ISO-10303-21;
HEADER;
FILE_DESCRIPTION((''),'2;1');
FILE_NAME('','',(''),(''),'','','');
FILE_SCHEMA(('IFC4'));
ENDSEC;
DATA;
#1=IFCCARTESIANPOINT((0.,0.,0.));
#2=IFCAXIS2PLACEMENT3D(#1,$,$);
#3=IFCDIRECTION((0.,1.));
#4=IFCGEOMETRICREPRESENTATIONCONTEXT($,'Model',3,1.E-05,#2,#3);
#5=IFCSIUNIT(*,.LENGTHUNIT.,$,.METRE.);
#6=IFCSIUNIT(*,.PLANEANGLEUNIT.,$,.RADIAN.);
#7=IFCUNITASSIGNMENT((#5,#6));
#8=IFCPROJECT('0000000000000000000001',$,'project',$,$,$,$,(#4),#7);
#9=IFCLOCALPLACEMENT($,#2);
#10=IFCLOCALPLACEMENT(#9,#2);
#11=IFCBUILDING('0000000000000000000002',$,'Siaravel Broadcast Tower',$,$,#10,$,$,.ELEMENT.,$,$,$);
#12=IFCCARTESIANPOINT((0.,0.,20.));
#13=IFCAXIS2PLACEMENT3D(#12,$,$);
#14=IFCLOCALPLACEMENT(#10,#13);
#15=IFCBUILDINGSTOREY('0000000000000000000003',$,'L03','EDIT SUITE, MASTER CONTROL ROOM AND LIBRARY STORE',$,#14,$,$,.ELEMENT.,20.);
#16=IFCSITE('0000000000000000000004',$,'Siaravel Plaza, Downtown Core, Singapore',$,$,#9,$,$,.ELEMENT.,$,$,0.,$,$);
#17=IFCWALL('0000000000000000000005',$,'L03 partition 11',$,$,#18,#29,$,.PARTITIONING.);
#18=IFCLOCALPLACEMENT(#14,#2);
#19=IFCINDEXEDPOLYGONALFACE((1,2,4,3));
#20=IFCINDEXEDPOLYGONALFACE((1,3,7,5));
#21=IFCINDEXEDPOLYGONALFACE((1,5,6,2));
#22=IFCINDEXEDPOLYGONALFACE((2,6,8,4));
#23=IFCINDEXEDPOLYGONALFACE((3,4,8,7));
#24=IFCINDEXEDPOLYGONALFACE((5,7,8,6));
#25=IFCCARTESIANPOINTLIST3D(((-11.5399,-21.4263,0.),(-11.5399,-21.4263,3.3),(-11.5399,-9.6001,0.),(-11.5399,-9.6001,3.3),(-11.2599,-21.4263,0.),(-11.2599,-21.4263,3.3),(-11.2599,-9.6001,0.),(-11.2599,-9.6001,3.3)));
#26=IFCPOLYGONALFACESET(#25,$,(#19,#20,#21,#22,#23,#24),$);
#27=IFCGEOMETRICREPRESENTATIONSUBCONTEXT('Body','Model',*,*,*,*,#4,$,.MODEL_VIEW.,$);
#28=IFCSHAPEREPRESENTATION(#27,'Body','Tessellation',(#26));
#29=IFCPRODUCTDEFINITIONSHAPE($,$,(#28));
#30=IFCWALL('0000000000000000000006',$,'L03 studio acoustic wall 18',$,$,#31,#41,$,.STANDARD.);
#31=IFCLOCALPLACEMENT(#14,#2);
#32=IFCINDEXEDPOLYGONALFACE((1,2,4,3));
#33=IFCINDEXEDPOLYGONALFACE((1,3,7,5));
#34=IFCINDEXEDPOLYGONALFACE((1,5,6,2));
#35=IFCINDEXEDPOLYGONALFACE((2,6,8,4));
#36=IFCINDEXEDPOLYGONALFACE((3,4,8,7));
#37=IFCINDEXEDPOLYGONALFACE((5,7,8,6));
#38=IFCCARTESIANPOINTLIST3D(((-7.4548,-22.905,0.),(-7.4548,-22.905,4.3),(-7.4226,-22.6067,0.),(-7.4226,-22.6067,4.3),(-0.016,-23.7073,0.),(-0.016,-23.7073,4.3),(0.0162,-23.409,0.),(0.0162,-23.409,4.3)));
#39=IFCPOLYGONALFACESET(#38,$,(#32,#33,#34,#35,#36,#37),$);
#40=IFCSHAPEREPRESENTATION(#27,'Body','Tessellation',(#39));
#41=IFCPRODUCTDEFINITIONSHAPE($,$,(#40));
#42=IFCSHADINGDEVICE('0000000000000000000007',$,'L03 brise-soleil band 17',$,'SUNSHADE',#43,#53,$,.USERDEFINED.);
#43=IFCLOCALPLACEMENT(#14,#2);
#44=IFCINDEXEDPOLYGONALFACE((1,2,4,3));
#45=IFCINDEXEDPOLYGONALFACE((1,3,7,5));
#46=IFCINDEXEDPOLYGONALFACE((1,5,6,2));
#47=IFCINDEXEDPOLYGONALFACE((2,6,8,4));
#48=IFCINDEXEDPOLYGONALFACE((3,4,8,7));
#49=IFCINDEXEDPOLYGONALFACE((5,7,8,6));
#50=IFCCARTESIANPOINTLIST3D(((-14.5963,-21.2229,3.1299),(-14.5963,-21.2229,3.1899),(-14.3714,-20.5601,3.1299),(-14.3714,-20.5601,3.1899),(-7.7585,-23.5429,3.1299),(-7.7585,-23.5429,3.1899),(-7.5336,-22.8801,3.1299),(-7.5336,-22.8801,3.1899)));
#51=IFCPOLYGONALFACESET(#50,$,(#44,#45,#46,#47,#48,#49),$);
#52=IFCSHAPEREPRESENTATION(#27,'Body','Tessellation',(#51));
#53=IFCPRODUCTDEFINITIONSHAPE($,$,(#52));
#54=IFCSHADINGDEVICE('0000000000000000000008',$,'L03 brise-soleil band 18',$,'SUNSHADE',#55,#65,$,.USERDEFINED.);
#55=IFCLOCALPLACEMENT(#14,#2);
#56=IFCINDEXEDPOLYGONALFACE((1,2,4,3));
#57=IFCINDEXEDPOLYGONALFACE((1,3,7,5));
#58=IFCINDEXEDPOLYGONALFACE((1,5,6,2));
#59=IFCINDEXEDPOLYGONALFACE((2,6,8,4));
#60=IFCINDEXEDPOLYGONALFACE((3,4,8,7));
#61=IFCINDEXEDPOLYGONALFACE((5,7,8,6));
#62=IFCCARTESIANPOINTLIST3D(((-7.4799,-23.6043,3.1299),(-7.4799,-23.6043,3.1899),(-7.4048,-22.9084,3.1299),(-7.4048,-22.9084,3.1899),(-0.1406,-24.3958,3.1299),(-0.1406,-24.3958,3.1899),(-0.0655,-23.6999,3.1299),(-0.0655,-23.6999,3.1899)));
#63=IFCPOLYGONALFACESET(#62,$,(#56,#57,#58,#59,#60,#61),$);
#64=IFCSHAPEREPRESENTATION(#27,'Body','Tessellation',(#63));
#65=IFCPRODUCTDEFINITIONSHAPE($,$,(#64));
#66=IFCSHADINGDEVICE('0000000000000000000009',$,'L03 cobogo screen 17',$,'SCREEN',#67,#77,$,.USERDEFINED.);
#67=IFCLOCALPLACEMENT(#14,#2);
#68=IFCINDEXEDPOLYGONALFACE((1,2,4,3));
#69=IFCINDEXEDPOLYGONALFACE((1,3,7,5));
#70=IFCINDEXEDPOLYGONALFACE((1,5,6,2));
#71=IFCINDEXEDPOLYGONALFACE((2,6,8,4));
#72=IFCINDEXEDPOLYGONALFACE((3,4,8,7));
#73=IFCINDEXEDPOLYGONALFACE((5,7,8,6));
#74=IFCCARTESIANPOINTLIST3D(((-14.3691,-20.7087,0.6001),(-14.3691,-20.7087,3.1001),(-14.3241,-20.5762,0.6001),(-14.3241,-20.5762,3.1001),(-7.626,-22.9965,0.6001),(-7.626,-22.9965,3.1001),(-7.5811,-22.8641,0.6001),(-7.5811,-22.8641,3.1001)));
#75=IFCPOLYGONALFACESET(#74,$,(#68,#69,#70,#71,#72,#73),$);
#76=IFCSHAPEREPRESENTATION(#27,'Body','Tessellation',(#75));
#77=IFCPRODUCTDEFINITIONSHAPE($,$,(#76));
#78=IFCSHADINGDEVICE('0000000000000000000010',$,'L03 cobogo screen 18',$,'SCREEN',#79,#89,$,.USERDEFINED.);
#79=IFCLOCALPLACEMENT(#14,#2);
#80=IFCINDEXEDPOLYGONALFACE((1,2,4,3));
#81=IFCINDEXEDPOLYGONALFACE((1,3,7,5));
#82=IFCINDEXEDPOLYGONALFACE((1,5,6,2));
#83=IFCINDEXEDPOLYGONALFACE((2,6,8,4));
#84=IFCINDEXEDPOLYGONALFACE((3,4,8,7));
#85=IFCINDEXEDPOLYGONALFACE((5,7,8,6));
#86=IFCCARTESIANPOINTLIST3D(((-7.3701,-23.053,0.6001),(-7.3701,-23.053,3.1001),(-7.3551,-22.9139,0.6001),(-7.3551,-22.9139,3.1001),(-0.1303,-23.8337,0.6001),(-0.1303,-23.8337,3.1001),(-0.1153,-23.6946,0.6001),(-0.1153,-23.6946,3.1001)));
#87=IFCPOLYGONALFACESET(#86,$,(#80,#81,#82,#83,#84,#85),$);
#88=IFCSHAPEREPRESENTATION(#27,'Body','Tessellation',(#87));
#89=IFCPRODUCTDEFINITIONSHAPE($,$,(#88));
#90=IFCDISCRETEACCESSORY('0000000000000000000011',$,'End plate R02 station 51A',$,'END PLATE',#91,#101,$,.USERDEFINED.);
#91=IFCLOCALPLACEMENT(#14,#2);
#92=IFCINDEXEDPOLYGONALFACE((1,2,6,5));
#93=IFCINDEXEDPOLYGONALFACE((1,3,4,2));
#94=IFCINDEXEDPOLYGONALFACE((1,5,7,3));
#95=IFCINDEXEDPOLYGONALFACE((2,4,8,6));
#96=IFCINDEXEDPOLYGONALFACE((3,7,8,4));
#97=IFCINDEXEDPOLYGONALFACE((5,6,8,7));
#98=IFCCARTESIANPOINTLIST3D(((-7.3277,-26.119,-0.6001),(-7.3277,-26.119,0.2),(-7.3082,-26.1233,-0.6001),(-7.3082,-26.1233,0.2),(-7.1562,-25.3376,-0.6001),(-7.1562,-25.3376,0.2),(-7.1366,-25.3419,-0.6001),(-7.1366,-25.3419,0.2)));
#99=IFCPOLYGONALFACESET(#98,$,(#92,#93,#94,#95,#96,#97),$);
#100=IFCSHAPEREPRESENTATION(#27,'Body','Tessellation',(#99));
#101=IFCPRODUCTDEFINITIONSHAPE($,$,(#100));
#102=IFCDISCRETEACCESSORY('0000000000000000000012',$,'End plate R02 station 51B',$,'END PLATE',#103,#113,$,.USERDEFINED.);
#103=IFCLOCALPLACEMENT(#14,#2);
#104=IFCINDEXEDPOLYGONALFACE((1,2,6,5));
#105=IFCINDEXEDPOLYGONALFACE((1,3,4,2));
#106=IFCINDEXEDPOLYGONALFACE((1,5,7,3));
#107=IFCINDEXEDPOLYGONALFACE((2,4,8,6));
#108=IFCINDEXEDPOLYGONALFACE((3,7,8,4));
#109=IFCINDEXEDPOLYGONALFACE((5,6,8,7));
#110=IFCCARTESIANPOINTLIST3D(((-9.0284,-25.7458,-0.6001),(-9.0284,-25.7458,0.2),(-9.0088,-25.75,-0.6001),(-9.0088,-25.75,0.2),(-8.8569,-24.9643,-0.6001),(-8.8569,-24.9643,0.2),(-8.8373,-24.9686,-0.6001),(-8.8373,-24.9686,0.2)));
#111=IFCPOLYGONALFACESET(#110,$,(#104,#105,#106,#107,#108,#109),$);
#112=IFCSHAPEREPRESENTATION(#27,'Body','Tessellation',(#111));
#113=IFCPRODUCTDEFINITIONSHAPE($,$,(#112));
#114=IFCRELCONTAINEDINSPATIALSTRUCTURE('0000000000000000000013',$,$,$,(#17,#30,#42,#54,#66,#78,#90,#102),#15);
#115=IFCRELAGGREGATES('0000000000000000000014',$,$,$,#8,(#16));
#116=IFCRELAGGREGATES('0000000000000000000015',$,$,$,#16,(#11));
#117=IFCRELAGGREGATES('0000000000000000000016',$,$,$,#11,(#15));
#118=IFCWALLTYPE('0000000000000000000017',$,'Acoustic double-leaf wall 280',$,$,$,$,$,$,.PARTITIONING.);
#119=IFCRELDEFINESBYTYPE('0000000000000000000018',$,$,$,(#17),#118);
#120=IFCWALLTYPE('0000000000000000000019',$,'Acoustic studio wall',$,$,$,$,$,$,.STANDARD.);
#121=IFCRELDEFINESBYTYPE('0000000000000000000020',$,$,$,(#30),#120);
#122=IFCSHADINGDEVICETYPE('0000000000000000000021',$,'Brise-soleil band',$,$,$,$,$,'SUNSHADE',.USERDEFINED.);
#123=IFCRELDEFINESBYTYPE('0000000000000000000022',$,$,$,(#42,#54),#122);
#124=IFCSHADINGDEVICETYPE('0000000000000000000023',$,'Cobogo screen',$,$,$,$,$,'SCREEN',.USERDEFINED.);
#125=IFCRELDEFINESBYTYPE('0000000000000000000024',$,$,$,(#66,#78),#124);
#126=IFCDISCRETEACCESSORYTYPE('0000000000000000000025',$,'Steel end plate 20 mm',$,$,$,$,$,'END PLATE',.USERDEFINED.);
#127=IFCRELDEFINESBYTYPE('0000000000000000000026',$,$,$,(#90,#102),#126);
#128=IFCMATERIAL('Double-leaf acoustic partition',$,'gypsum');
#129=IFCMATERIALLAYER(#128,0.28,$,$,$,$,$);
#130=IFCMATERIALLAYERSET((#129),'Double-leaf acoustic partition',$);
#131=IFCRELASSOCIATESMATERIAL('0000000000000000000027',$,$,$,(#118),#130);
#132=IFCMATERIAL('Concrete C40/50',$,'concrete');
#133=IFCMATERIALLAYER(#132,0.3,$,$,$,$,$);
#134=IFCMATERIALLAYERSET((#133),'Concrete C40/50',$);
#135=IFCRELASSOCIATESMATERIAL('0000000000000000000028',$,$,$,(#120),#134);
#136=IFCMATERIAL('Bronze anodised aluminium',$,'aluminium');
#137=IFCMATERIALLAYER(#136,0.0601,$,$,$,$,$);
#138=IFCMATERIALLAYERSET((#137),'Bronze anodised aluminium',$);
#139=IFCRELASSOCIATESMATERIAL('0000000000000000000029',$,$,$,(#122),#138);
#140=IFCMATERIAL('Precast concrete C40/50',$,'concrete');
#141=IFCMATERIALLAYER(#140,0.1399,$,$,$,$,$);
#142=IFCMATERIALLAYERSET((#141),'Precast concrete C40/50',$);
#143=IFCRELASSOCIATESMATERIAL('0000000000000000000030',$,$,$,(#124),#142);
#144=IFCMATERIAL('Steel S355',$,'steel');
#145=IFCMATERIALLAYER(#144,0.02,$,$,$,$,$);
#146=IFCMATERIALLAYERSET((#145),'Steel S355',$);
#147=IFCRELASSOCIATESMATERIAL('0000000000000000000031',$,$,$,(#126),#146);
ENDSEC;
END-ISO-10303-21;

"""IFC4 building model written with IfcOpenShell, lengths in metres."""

from ifc_helpers import new_model, si_unit, direction, frame, frame_2d, origin, origin_2d, place, context, subcontext, project, spatial, rectangle, extrude, material, layer, layer_set, type_object, element, save


model = new_model("IFC4")

# Units and contexts
model_context = context("Model", 3, precision=1e-05, world=origin(), true_north=direction((0.0, 1.0)))
body_context = subcontext(model_context, "Body", "Model", "MODEL_VIEW")
ifc_project = project(units=[si_unit("LENGTHUNIT", "METRE"), si_unit("PLANEANGLEUNIT", "RADIAN")], contexts=[model_context])

# Site, building, storey
site_placement = place(None, origin())
site = spatial("IfcSite", under=ifc_project, at=site_placement, Name="Siaravel Plaza, Downtown Core, Singapore", CompositionType="ELEMENT", RefElevation=0.0)
building_placement = place(site_placement, origin())
building = spatial("IfcBuilding", under=site, at=building_placement, Name="Siaravel Broadcast Tower", CompositionType="ELEMENT")
storey_placement = place(building_placement, frame((0.0, 0.0, 20.0)))
storey = spatial("IfcBuildingStorey", under=building, at=storey_placement, Name="L03", Description="EDIT SUITE, MASTER CONTROL ROOM AND LIBRARY STORE", CompositionType="ELEMENT", Elevation=20.0)

# Shared definitions
ifc_material_1 = material(Name="Steel S355", Category="steel")

# Walls
ifc_material_2 = material(Name="Double-leaf acoustic partition", Category="gypsum")
ifc_layer_1 = layer(ifc_material_2, 0.28)
ifc_layer_set_1 = layer_set([ifc_layer_1], Name="Double-leaf acoustic partition")
wall_type_1 = type_object("IfcWallType", Name="Acoustic double-leaf wall 280", PredefinedType="PARTITIONING", material=ifc_layer_set_1)
wall_1_placement = place(storey_placement, frame((-11.3999, -21.4263, 0.0), z_axis=(0.0, 0.0, 1.0), x_axis=(0.0, 1.0, 0.0)))
element("IfcWall", 1, at=wall_1_placement, inside=storey, type_object=wall_type_1, Name="L03 partition 11", PredefinedType="PARTITIONING", context=body_context, shape_type="SweptSolid", body=[
    extrude(rectangle(XDim=11.8262, YDim=0.28, at=frame_2d((5.9131, 0.0))), origin(), (0.0, 0.0, 1.0), 3.3),
])
ifc_material_3 = material(Name="Concrete C40/50", Category="concrete")
ifc_layer_2 = layer(ifc_material_3, 0.3)
ifc_layer_set_2 = layer_set([ifc_layer_2], Name="Concrete C40/50")
wall_type_2 = type_object("IfcWallType", Name="Acoustic studio wall", PredefinedType="STANDARD", material=ifc_layer_set_2)
wall_2_placement = place(storey_placement, frame((-7.4387, -22.7559, 0.0), z_axis=(0.0, 0.0, 1.0), x_axis=(0.994235, -0.107226, 0.0)))
element("IfcWall", 2, at=wall_2_placement, inside=storey, type_object=wall_type_2, Name="L03 studio acoustic wall 18", PredefinedType="STANDARD", context=body_context, shape_type="SweptSolid", body=[
    extrude(rectangle(XDim=7.4819, YDim=0.3, at=frame_2d((3.741, 0.0))), origin(), (0.0, 0.0, 1.0), 4.3),
])

# Shading devices
ifc_material_4 = material(Name="Bronze anodised aluminium", Category="aluminium")
ifc_layer_3 = layer(ifc_material_4, 0.0601)
ifc_layer_set_3 = layer_set([ifc_layer_3], Name="Bronze anodised aluminium")
shading_device_type_1 = type_object("IfcShadingDeviceType", Name="Brise-soleil band", ElementType="SUNSHADE", PredefinedType="USERDEFINED", material=ifc_layer_set_3)
shading_device_1_placement = place(storey_placement, frame((-11.0649, -22.0515, 3.1299), z_axis=(0.0, 0.0, 1.0), x_axis=(0.946977, -0.321301, 0.0)))
element("IfcShadingDevice", 3, at=shading_device_1_placement, inside=storey, type_object=shading_device_type_1, Name="L03 brise-soleil band 17", ObjectType="SUNSHADE", PredefinedType="USERDEFINED", context=body_context, shape_type="SweptSolid", body=[
    extrude(rectangle(XDim=7.2207, YDim=0.7, at=origin_2d()), origin(), (0.0, 0.0, 1.0), 0.0601),
])
shading_device_2_placement = place(storey_placement, frame((-3.7727, -23.6521, 3.1299), z_axis=(0.0, 0.0, 1.0), x_axis=(0.994236, -0.107217, 0.0)))
element("IfcShadingDevice", 4, at=shading_device_2_placement, inside=storey, type_object=shading_device_type_1, Name="L03 brise-soleil band 18", ObjectType="SUNSHADE", PredefinedType="USERDEFINED", context=body_context, shape_type="SweptSolid", body=[
    extrude(rectangle(XDim=7.3818, YDim=0.7, at=origin_2d()), origin(), (0.0, 0.0, 1.0), 0.0601),
])
ifc_material_5 = material(Name="Precast concrete C40/50", Category="concrete")
ifc_layer_4 = layer(ifc_material_5, 0.1399)
ifc_layer_set_4 = layer_set([ifc_layer_4], Name="Precast concrete C40/50")
shading_device_type_2 = type_object("IfcShadingDeviceType", Name="Cobogo screen", ElementType="SCREEN", PredefinedType="USERDEFINED", material=ifc_layer_set_4)
shading_device_3_placement = place(storey_placement, frame((-10.9751, -21.7864, 0.6001), z_axis=(0.0, 0.0, 1.0), x_axis=(0.946977, -0.321301, 0.0)))
element("IfcShadingDevice", 5, at=shading_device_3_placement, inside=storey, type_object=shading_device_type_2, Name="L03 cobogo screen 17", ObjectType="SCREEN", PredefinedType="USERDEFINED", context=body_context, shape_type="SweptSolid", body=[
    extrude(rectangle(XDim=7.1206, YDim=0.1399, at=origin_2d()), origin(), (0.0, 0.0, 1.0), 2.5),
])
shading_device_4_placement = place(storey_placement, frame((-3.7427, -23.3738, 0.6001), z_axis=(0.0, 0.0, 1.0), x_axis=(0.994236, -0.107217, 0.0)))
element("IfcShadingDevice", 6, at=shading_device_4_placement, inside=storey, type_object=shading_device_type_2, Name="L03 cobogo screen 18", ObjectType="SCREEN", PredefinedType="USERDEFINED", context=body_context, shape_type="SweptSolid", body=[
    extrude(rectangle(XDim=7.2817, YDim=0.1399, at=origin_2d()), origin(), (0.0, 0.0, 1.0), 2.5),
])

# Discrete accessories
ifc_layer_5 = layer(ifc_material_1, 0.02)
ifc_layer_set_5 = layer_set([ifc_layer_5], Name="Steel S355")
discrete_accessory_type = type_object("IfcDiscreteAccessoryType", Name="Steel end plate 20 mm", ElementType="END PLATE", PredefinedType="USERDEFINED", material=ifc_layer_set_5)
for number, where, z_axis, x_axis, name in (
    (7, (-7.2322, -25.7305, -0.6001), (0.0, 0.0, 1.0), (0.976751, -0.214377, 0.0), "End plate R02 station 51A"),
    (8, (-8.9329, -25.3572, -0.6001), (0.0, 0.0, 1.0), (0.976751, -0.214377, 0.0), "End plate R02 station 51B"),
):
    element("IfcDiscreteAccessory", number, at=place(storey_placement, frame(where, z_axis=z_axis, x_axis=x_axis)), inside=storey, type_object=discrete_accessory_type, Name=name, ObjectType="END PLATE", PredefinedType="USERDEFINED", context=body_context, shape_type="SweptSolid", body=[
        extrude(rectangle(XDim=0.02, YDim=0.8, at=origin_2d()), origin(), (0.0, 0.0, 1.0), 0.8),
    ])

save(model, "model.ifc")
